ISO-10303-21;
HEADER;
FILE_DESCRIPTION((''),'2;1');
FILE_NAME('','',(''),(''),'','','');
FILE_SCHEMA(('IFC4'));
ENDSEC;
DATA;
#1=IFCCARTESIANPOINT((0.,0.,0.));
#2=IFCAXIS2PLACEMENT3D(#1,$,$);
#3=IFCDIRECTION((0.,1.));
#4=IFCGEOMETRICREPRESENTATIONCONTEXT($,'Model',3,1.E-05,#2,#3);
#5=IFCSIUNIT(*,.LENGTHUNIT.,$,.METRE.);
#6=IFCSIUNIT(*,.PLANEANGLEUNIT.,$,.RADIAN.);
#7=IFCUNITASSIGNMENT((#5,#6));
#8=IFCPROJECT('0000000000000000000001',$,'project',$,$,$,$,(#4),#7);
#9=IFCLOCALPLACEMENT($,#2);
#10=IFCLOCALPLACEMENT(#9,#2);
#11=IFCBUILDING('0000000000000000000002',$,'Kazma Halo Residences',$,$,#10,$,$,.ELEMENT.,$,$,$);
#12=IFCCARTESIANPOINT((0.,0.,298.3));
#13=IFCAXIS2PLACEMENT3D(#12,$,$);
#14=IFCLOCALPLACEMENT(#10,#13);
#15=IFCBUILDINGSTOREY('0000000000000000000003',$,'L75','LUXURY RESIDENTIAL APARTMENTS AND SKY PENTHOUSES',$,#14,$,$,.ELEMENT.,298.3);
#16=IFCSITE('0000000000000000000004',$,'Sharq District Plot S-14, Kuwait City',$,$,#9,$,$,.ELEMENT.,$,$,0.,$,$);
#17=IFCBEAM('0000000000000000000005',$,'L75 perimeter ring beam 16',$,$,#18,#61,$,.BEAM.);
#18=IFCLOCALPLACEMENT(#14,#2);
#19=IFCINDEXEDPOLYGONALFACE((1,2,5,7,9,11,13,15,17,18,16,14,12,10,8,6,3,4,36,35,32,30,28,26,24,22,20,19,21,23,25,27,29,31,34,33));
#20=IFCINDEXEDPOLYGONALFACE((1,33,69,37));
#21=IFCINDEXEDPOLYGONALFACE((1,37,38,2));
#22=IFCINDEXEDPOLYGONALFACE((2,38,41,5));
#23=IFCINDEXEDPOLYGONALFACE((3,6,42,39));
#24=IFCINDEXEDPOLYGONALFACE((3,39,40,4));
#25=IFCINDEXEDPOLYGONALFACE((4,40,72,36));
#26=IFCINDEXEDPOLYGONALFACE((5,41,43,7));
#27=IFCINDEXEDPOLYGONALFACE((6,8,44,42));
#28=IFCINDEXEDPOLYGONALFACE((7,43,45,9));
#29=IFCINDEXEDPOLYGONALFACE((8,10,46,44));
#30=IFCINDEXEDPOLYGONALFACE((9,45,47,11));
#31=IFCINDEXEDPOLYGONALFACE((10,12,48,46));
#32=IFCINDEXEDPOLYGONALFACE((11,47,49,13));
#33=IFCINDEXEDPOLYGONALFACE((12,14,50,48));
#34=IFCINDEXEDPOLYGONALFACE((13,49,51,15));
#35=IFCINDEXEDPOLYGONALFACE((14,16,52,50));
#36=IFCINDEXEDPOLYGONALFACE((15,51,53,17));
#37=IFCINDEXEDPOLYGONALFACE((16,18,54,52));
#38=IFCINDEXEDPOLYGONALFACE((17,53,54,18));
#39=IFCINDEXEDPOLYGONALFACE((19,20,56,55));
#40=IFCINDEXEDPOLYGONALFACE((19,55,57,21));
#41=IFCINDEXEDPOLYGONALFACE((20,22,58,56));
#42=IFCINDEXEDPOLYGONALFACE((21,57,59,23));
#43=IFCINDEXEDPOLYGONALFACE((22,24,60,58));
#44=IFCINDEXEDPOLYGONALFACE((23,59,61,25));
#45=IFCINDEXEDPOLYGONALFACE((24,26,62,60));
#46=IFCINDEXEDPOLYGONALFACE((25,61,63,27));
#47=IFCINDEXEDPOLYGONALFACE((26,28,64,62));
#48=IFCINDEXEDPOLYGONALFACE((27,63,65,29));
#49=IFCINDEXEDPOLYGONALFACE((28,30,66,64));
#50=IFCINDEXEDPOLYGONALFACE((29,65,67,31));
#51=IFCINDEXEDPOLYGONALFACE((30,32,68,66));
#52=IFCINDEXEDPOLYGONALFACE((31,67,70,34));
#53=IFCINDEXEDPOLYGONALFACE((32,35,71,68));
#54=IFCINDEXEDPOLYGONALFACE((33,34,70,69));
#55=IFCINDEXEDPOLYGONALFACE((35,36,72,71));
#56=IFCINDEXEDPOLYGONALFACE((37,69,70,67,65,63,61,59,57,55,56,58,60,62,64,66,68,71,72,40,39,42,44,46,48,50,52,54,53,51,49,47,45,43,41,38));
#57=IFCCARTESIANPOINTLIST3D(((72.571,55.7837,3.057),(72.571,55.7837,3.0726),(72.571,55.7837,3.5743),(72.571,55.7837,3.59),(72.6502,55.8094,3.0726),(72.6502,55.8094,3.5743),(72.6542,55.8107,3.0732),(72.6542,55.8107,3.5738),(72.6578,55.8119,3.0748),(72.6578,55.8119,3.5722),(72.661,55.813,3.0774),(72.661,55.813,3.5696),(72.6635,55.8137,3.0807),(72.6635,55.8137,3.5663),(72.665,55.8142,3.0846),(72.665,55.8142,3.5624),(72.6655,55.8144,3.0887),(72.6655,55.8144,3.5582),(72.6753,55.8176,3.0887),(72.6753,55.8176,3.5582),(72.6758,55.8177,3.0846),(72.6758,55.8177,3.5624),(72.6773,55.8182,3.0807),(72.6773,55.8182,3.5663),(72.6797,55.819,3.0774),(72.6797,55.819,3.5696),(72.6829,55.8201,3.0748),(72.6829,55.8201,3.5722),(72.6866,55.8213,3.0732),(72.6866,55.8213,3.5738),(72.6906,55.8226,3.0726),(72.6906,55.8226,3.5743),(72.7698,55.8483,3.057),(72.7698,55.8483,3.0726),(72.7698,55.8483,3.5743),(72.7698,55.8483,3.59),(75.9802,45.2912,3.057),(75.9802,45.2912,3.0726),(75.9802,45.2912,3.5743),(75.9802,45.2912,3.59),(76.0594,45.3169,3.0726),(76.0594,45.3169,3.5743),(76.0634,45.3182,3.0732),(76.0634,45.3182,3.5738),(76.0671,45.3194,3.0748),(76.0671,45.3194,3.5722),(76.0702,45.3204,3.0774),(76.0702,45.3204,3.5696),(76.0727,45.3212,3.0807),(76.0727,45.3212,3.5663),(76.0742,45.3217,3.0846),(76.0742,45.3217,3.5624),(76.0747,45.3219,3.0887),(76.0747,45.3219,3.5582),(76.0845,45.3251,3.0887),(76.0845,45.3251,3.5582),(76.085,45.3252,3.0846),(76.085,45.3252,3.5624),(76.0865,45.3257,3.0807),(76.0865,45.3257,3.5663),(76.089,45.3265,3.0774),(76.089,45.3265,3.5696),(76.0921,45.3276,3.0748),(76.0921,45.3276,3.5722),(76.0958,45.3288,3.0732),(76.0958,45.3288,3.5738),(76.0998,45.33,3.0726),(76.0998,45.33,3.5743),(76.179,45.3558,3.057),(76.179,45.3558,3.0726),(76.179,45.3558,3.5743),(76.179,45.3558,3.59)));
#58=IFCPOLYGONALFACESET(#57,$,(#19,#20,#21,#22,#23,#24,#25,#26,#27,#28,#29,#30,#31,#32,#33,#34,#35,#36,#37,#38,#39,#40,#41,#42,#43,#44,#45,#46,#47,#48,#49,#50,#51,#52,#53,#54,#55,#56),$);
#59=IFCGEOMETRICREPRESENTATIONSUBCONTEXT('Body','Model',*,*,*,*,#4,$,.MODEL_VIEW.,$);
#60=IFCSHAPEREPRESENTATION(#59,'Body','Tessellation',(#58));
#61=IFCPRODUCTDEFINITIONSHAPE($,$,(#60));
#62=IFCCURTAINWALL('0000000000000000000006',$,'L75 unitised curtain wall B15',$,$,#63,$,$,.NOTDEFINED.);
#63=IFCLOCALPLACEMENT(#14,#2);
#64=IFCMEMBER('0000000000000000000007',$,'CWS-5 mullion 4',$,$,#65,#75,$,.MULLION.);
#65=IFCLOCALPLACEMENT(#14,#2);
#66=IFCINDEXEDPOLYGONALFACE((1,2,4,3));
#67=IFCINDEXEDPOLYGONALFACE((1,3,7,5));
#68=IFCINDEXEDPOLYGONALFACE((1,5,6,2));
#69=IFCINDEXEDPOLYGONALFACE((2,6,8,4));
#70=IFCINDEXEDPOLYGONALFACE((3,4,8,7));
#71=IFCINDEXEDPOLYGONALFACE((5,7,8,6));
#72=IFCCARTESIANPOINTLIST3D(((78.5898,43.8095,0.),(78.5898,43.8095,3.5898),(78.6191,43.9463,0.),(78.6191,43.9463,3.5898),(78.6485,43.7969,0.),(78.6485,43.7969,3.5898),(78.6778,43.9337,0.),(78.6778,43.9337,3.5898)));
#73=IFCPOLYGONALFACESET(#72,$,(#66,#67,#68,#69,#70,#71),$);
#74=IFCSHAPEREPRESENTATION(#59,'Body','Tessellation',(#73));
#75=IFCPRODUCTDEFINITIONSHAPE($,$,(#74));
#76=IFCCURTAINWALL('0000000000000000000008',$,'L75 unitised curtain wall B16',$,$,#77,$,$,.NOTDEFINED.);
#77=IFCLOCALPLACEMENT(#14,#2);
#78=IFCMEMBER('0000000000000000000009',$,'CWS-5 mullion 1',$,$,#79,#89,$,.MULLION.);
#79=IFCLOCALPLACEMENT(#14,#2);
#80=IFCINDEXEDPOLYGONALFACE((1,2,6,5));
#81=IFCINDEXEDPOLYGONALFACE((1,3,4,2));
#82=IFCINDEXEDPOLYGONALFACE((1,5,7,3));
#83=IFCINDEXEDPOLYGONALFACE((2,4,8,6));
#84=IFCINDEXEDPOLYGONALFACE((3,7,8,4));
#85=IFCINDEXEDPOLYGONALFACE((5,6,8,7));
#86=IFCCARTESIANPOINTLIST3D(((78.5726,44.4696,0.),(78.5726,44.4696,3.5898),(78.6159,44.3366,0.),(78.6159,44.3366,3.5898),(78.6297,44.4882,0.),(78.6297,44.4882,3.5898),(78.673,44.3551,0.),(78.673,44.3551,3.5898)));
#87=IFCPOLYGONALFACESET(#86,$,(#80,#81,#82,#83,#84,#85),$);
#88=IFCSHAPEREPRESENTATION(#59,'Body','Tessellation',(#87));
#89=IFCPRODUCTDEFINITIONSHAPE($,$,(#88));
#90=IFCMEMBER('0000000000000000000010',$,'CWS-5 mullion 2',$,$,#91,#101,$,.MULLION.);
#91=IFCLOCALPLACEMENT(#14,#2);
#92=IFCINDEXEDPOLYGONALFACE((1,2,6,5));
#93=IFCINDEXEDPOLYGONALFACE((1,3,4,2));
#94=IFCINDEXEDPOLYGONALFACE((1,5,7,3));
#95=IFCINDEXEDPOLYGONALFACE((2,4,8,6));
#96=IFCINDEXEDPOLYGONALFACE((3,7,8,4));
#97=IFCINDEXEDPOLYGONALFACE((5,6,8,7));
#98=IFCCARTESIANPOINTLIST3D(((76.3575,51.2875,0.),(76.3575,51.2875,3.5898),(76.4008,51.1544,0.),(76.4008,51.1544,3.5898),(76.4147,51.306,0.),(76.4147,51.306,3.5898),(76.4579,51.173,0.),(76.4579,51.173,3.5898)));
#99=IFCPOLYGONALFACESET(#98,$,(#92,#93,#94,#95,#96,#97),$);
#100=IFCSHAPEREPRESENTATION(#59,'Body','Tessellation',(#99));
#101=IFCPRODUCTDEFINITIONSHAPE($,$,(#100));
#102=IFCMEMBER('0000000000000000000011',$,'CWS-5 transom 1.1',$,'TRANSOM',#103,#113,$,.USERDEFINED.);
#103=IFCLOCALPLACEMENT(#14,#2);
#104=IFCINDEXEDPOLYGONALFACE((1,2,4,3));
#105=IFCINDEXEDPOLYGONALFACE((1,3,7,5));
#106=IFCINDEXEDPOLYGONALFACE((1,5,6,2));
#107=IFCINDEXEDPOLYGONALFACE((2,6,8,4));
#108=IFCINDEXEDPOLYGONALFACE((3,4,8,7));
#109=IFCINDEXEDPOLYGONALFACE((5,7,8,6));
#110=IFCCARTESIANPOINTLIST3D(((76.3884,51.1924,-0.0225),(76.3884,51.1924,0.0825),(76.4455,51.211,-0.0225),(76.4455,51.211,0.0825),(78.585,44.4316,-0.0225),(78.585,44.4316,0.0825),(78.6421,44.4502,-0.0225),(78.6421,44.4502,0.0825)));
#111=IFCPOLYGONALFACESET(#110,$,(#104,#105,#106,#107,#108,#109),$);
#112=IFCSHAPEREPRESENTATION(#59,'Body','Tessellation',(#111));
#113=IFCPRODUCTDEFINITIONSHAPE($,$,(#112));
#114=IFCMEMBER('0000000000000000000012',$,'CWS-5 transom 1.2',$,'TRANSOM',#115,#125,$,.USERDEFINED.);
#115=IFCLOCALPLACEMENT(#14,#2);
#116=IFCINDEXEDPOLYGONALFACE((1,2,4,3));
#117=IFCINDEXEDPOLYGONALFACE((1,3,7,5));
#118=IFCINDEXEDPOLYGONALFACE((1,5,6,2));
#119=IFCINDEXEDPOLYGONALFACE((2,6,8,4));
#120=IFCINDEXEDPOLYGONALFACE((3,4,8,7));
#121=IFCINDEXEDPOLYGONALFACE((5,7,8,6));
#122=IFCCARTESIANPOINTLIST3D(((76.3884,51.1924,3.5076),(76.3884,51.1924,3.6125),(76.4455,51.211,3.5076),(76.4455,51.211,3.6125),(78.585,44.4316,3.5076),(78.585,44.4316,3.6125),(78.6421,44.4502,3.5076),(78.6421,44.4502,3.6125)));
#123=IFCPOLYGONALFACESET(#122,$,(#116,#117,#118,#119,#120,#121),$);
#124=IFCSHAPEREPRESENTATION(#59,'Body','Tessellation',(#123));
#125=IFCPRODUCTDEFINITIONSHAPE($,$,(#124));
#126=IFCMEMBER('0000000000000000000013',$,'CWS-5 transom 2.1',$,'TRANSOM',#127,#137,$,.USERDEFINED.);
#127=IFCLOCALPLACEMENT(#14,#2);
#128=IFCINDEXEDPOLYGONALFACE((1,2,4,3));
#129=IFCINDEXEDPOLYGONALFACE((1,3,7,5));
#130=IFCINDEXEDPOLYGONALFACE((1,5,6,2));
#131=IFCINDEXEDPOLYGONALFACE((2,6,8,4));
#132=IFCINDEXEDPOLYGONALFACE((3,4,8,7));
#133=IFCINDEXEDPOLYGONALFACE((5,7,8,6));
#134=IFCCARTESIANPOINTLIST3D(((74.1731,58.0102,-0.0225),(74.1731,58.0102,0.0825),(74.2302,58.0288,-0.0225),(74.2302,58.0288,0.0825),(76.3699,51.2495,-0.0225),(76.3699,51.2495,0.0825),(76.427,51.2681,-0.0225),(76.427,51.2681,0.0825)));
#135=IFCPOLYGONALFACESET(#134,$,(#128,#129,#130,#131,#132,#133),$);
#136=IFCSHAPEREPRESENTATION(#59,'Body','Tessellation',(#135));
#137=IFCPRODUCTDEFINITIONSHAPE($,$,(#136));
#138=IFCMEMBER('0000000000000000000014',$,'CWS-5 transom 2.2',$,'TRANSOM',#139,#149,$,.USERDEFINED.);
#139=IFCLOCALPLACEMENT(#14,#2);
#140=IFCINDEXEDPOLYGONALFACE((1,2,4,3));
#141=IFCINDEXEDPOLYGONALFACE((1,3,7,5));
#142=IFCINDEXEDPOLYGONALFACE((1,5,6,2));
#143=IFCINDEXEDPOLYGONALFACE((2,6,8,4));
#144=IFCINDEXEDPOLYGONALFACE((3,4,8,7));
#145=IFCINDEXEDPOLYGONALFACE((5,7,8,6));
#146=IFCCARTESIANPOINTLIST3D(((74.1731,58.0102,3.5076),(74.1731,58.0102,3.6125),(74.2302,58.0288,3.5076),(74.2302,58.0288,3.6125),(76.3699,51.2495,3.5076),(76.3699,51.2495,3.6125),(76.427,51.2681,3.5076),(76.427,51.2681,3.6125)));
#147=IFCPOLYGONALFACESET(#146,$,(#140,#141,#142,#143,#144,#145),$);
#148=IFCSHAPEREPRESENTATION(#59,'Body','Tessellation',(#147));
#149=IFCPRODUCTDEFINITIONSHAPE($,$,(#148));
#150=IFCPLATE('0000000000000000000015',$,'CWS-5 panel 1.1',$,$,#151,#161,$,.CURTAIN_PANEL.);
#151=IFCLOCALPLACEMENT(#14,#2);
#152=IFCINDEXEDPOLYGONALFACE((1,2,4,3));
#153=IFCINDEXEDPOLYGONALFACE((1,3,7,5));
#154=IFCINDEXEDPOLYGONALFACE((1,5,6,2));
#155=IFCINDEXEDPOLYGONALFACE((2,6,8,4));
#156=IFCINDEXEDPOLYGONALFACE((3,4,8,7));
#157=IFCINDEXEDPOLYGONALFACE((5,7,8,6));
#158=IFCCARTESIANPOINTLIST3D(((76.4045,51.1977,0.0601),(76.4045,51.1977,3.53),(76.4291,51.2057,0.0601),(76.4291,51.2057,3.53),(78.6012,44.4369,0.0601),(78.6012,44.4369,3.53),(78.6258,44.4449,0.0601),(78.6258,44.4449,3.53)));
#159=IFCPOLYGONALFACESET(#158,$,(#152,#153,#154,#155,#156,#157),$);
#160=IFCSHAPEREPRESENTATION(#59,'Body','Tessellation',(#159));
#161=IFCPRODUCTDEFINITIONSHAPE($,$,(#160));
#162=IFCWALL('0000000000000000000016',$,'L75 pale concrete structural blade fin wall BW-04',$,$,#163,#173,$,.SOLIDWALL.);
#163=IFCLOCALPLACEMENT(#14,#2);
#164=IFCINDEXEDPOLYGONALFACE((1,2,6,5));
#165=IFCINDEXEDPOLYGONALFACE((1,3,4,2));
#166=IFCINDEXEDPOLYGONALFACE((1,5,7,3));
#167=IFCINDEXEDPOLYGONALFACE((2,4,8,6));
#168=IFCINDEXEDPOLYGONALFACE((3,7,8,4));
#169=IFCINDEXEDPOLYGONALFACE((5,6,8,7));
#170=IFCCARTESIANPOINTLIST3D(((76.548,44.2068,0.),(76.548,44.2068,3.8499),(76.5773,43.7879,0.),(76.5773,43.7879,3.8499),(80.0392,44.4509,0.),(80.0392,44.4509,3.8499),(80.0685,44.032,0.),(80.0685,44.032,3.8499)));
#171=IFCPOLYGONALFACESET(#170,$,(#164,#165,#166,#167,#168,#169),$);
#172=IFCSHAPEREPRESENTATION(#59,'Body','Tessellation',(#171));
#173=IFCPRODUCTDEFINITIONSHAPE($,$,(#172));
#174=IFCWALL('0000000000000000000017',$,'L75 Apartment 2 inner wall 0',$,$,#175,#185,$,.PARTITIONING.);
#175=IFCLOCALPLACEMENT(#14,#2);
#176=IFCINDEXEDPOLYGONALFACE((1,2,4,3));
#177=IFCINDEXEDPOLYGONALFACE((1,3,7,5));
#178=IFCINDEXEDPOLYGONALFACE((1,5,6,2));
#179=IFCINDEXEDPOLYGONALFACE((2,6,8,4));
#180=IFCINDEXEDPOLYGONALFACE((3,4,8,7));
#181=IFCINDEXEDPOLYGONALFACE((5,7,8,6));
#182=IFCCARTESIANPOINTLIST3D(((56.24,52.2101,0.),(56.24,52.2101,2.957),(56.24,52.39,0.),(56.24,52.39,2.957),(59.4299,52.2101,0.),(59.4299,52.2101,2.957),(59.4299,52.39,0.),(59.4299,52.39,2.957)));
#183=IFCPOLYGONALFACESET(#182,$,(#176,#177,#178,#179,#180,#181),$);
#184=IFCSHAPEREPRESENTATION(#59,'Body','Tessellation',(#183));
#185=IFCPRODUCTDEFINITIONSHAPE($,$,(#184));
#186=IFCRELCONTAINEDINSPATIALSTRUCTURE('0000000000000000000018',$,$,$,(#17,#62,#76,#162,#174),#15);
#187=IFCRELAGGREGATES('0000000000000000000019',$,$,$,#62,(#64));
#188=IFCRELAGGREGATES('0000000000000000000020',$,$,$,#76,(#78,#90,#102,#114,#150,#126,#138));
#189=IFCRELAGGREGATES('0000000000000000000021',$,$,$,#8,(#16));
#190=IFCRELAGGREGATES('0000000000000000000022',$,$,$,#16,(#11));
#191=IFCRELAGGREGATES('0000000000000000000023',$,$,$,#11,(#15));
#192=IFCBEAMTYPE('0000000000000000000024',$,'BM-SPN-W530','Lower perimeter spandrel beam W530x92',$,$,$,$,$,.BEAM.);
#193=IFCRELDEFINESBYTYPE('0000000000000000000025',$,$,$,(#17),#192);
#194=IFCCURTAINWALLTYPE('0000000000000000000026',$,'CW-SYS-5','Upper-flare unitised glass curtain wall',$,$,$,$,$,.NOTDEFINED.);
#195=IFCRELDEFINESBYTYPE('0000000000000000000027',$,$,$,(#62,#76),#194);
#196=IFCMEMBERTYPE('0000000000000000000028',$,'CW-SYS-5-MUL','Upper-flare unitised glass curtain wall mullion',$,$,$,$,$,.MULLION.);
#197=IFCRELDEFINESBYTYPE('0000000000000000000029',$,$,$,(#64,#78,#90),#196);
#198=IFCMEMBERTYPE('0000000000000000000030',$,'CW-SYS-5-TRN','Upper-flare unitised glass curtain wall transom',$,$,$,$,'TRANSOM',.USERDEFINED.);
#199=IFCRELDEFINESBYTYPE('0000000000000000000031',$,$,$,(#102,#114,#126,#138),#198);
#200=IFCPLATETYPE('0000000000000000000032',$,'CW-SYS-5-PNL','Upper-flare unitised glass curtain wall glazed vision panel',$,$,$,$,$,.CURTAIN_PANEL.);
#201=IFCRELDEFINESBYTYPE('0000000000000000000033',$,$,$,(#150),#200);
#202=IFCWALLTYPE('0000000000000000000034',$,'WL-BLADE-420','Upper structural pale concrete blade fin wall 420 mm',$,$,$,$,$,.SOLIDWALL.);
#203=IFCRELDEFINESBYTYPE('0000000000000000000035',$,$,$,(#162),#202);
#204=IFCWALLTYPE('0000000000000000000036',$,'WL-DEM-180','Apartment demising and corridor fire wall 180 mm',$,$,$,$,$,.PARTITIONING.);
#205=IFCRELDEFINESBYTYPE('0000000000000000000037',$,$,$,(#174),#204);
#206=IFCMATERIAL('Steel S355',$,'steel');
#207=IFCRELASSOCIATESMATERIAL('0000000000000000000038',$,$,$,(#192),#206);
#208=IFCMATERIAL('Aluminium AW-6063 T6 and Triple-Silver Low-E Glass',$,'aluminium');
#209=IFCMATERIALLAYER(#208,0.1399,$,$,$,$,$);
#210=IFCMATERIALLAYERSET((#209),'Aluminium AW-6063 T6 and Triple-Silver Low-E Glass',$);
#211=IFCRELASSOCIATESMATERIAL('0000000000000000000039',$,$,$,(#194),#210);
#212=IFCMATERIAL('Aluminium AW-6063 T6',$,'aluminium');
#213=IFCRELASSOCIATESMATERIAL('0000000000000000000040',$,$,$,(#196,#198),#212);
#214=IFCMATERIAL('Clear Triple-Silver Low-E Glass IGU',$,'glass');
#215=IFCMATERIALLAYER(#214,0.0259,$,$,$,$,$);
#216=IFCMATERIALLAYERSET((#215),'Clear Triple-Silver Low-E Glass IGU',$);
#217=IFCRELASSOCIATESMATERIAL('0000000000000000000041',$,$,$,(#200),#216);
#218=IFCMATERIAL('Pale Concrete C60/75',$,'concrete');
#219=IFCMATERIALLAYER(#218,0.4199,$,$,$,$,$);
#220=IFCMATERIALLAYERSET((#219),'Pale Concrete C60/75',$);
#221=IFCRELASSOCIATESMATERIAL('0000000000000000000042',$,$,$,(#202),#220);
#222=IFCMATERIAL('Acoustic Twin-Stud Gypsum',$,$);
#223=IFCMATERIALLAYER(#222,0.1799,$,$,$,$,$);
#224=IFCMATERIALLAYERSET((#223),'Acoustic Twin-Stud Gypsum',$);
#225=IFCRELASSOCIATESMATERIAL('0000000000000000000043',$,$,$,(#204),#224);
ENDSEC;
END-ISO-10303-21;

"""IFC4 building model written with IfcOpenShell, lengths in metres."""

from ifc_helpers import new_model, si_unit, direction, frame, frame_2d, origin, origin_2d, place, context, subcontext, project, spatial, rectangle, i_section, extrude, material, layer, layer_set, material_profile, profile_set, type_object, element, aggregate, save


model = new_model("IFC4")

# Units and contexts
model_context = context("Model", 3, precision=1e-05, world=origin(), true_north=direction((0.0, 1.0)))
body_context = subcontext(model_context, "Body", "Model", "MODEL_VIEW")
ifc_project = project(units=[si_unit("LENGTHUNIT", "METRE"), si_unit("PLANEANGLEUNIT", "RADIAN")], contexts=[model_context])

# Site, building, storey
site_placement = place(None, origin())
site = spatial("IfcSite", under=ifc_project, at=site_placement, Name="Sharq District Plot S-14, Kuwait City", CompositionType="ELEMENT", RefElevation=0.0)
building_placement = place(site_placement, origin())
building = spatial("IfcBuilding", under=site, at=building_placement, Name="Kazma Halo Residences", CompositionType="ELEMENT")
storey_placement = place(building_placement, frame((0.0, 0.0, 298.3)))
storey = spatial("IfcBuildingStorey", under=building, at=storey_placement, Name="L75", Description="LUXURY RESIDENTIAL APARTMENTS AND SKY PENTHOUSES", CompositionType="ELEMENT", Elevation=298.3)

# Beam
ifc_material_1 = material(Name="Steel S355", Category="steel")
ifc_material_profile_1 = material_profile(ifc_material_1, i_section(OverallWidth=0.209, OverallDepth=0.533, WebThickness=0.0103, FlangeThickness=0.0156, FilletRadius=0.0161, at=origin_2d()), Name="W530x92")
ifc_profile_set_1 = profile_set([ifc_material_profile_1], Name="Steel S355")
beam_type_1 = type_object("IfcBeamType", Name="BM-SPN-W530", Description="Lower perimeter spandrel beam W530x92", PredefinedType="BEAM", material=ifc_profile_set_1)
beam_1_placement = place(storey_placement, frame((76.0796, 45.3235, 3.3235), z_axis=(-0.309016, 0.951057, 0.0), x_axis=(-0.951057, -0.309016, 0.0)))
element("IfcBeam", 1, at=beam_1_placement, inside=storey, type_object=beam_type_1, Name="L75 perimeter ring beam 16", PredefinedType="BEAM", context=body_context, shape_type="SweptSolid", body=[
    extrude(i_section(OverallWidth=0.209, OverallDepth=0.533, WebThickness=0.0103, FlangeThickness=0.0156, FilletRadius=0.0161, at=origin_2d()), origin(), (0.0, 0.0, 1.0), 11.0325),
])

# Curtain wall, member
ifc_material_2 = material(Name="Aluminium AW-6063 T6 and Triple-Silver Low-E Glass", Category="aluminium")
ifc_layer_1 = layer(ifc_material_2, 0.1399)
ifc_layer_set_1 = layer_set([ifc_layer_1], Name="Aluminium AW-6063 T6 and Triple-Silver Low-E Glass")
curtain_wall_type = type_object("IfcCurtainWallType", Name="CW-SYS-5", Description="Upper-flare unitised glass curtain wall", PredefinedType="NOTDEFINED", material=ifc_layer_set_1)
curtain_wall_1_placement = place(storey_placement, origin())
curtain_wall_1 = element("IfcCurtainWall", 2, at=curtain_wall_1_placement, inside=storey, type_object=curtain_wall_type, Name="L75 unitised curtain wall B15", PredefinedType="NOTDEFINED")
ifc_material_3 = material(Name="Aluminium AW-6063 T6", Category="aluminium")
ifc_material_profile_2 = material_profile(ifc_material_3, rectangle(XDim=0.0601, YDim=0.1399, at=origin_2d()), Name="CWM-60x140")
ifc_profile_set_2 = profile_set([ifc_material_profile_2], Name="Aluminium AW-6063 T6")
member_type_1 = type_object("IfcMemberType", Name="CW-SYS-5-MUL", Description="Upper-flare unitised glass curtain wall mullion", PredefinedType="MULLION", material=ifc_profile_set_2)
member_1_placement = place(storey_placement, frame((78.6338, 43.8716, 0.0), z_axis=(0.0, 0.0, 1.0), x_axis=(-0.977775, 0.209657, 0.0)))
member_1 = element("IfcMember", 3, at=member_1_placement, type_object=member_type_1, Name="CWS-5 mullion 4", PredefinedType="MULLION", context=body_context, shape_type="SweptSolid", body=[
    extrude(rectangle(XDim=0.0601, YDim=0.1399, at=origin_2d()), origin(), (0.0, 0.0, 1.0), 3.5898),
])
aggregate(curtain_wall_1, [member_1])

# Curtain wall, members, plate
curtain_wall_2_placement = place(storey_placement, origin())
curtain_wall_2 = element("IfcCurtainWall", 4, at=curtain_wall_2_placement, inside=storey, type_object=curtain_wall_type, Name="L75 unitised curtain wall B16", PredefinedType="NOTDEFINED")
member_2_placement = place(storey_placement, frame((78.6228, 44.4124, 0.0), z_axis=(0.0, 0.0, 1.0), x_axis=(-0.951058, -0.309011, 0.0)))
member_2 = element("IfcMember", 5, at=member_2_placement, type_object=member_type_1, Name="CWS-5 mullion 1", PredefinedType="MULLION", context=body_context, shape_type="SweptSolid", body=[
    extrude(rectangle(XDim=0.0601, YDim=0.1399, at=origin_2d()), origin(), (0.0, 0.0, 1.0), 3.5898),
])
member_3_placement = place(storey_placement, frame((76.4077, 51.2302, 0.0), z_axis=(0.0, 0.0, 1.0), x_axis=(-0.951058, -0.309011, 0.0)))
member_3 = element("IfcMember", 6, at=member_3_placement, type_object=member_type_1, Name="CWS-5 mullion 2", PredefinedType="MULLION", context=body_context, shape_type="SweptSolid", body=[
    extrude(rectangle(XDim=0.0601, YDim=0.1399, at=origin_2d()), origin(), (0.0, 0.0, 1.0), 3.5898),
])
ifc_material_profile_3 = material_profile(ifc_material_3, rectangle(XDim=0.0601, YDim=0.105, at=origin_2d()), Name="CWT-60x105")
ifc_profile_set_3 = profile_set([ifc_material_profile_3], Name="Aluminium AW-6063 T6")
member_type_2 = type_object("IfcMemberType", Name="CW-SYS-5-TRN", Description="Upper-flare unitised glass curtain wall transom", ElementType="TRANSOM", PredefinedType="USERDEFINED", material=ifc_profile_set_3)
member_4_placement = place(storey_placement, frame((78.6135, 44.4409, 0.03), z_axis=(-0.308996, 0.951063, 0.0), x_axis=(-0.951063, -0.308996, 0.0)))
member_4 = element("IfcMember", 7, at=member_4_placement, type_object=member_type_2, Name="CWS-5 transom 1.1", ObjectType="TRANSOM", PredefinedType="USERDEFINED", context=body_context, shape_type="SweptSolid", body=[
    extrude(rectangle(XDim=0.0601, YDim=0.105, at=origin_2d()), origin(), (0.0, 0.0, 1.0), 7.1086),
])
member_5_placement = place(storey_placement, frame((78.6135, 44.4409, 3.5601), z_axis=(-0.308996, 0.951063, 0.0), x_axis=(-0.951063, -0.308996, 0.0)))
member_5 = element("IfcMember", 8, at=member_5_placement, type_object=member_type_2, Name="CWS-5 transom 1.2", ObjectType="TRANSOM", PredefinedType="USERDEFINED", context=body_context, shape_type="SweptSolid", body=[
    extrude(rectangle(XDim=0.0601, YDim=0.105, at=origin_2d()), origin(), (0.0, 0.0, 1.0), 7.1086),
])
member_6_placement = place(storey_placement, frame((76.3984, 51.2588, 0.03), z_axis=(-0.309027, 0.951053, 0.0), x_axis=(-0.951053, -0.309027, 0.0)))
member_6 = element("IfcMember", 9, at=member_6_placement, type_object=member_type_2, Name="CWS-5 transom 2.1", ObjectType="TRANSOM", PredefinedType="USERDEFINED", context=body_context, shape_type="SweptSolid", body=[
    extrude(rectangle(XDim=0.0601, YDim=0.105, at=origin_2d()), origin(), (0.0, 0.0, 1.0), 7.1086),
])
member_7_placement = place(storey_placement, frame((76.3984, 51.2588, 3.5601), z_axis=(-0.309027, 0.951053, 0.0), x_axis=(-0.951053, -0.309027, 0.0)))
member_7 = element("IfcMember", 10, at=member_7_placement, type_object=member_type_2, Name="CWS-5 transom 2.2", ObjectType="TRANSOM", PredefinedType="USERDEFINED", context=body_context, shape_type="SweptSolid", body=[
    extrude(rectangle(XDim=0.0601, YDim=0.105, at=origin_2d()), origin(), (0.0, 0.0, 1.0), 7.1086),
])
ifc_material_4 = material(Name="Clear Triple-Silver Low-E Glass IGU", Category="glass")
ifc_layer_2 = layer(ifc_material_4, 0.0259)
ifc_layer_set_2 = layer_set([ifc_layer_2], Name="Clear Triple-Silver Low-E Glass IGU")
plate_type = type_object("IfcPlateType", Name="CW-SYS-5-PNL", Description="Upper-flare unitised glass curtain wall glazed vision panel", PredefinedType="CURTAIN_PANEL", material=ifc_layer_set_2)
plate_placement = place(storey_placement, frame((77.5151, 47.8213, 0.0601), z_axis=(0.0, 0.0, 1.0), x_axis=(-0.309011, 0.951058, 0.0)))
plate = element("IfcPlate", 11, at=plate_placement, type_object=plate_type, Name="CWS-5 panel 1.1", PredefinedType="CURTAIN_PANEL", context=body_context, shape_type="SweptSolid", body=[
    extrude(rectangle(XDim=7.1086, YDim=0.0259, at=origin_2d()), origin(), (0.0, 0.0, 1.0), 3.47),
])
aggregate(curtain_wall_2, [member_2, member_3, member_4, member_5, plate, member_6, member_7])

# Walls
ifc_material_5 = material(Name="Pale Concrete C60/75", Category="concrete")
ifc_layer_3 = layer(ifc_material_5, 0.4199)
ifc_layer_set_3 = layer_set([ifc_layer_3], Name="Pale Concrete C60/75")
wall_type_1 = type_object("IfcWallType", Name="WL-BLADE-420", Description="Upper structural pale concrete blade fin wall 420 mm", PredefinedType="SOLIDWALL", material=ifc_layer_set_3)
wall_1_placement = place(storey_placement, frame((76.5625, 43.9973, 0.0), z_axis=(0.0, 0.0, 1.0), x_axis=(0.997564, 0.06976, 0.0)))
element("IfcWall", 12, at=wall_1_placement, inside=storey, type_object=wall_type_1, Name="L75 pale concrete structural blade fin wall BW-04", PredefinedType="SOLIDWALL", context=body_context, shape_type="SweptSolid", body=[
    extrude(rectangle(XDim=3.4998, YDim=0.4199, at=frame_2d((1.75, 0.0))), origin(), (0.0, 0.0, 1.0), 3.8499),
])
ifc_material_6 = material(Name="Acoustic Twin-Stud Gypsum")
ifc_layer_4 = layer(ifc_material_6, 0.1799)
ifc_layer_set_4 = layer_set([ifc_layer_4], Name="Acoustic Twin-Stud Gypsum")
wall_type_2 = type_object("IfcWallType", Name="WL-DEM-180", Description="Apartment demising and corridor fire wall 180 mm", PredefinedType="PARTITIONING", material=ifc_layer_set_4)
wall_2_placement = place(storey_placement, frame((59.4299, 52.3, 0.0), z_axis=(0.0, 0.0, 1.0), x_axis=(-1.0, 0.0, 0.0)))
element("IfcWall", 13, at=wall_2_placement, inside=storey, type_object=wall_type_2, Name="L75 Apartment 2 inner wall 0", PredefinedType="PARTITIONING", context=body_context, shape_type="SweptSolid", body=[
    extrude(rectangle(XDim=3.1899, YDim=0.1799, at=frame_2d((1.595, 0.0))), origin(), (0.0, 0.0, 1.0), 2.957),
])

save(model, "model.ifc")
